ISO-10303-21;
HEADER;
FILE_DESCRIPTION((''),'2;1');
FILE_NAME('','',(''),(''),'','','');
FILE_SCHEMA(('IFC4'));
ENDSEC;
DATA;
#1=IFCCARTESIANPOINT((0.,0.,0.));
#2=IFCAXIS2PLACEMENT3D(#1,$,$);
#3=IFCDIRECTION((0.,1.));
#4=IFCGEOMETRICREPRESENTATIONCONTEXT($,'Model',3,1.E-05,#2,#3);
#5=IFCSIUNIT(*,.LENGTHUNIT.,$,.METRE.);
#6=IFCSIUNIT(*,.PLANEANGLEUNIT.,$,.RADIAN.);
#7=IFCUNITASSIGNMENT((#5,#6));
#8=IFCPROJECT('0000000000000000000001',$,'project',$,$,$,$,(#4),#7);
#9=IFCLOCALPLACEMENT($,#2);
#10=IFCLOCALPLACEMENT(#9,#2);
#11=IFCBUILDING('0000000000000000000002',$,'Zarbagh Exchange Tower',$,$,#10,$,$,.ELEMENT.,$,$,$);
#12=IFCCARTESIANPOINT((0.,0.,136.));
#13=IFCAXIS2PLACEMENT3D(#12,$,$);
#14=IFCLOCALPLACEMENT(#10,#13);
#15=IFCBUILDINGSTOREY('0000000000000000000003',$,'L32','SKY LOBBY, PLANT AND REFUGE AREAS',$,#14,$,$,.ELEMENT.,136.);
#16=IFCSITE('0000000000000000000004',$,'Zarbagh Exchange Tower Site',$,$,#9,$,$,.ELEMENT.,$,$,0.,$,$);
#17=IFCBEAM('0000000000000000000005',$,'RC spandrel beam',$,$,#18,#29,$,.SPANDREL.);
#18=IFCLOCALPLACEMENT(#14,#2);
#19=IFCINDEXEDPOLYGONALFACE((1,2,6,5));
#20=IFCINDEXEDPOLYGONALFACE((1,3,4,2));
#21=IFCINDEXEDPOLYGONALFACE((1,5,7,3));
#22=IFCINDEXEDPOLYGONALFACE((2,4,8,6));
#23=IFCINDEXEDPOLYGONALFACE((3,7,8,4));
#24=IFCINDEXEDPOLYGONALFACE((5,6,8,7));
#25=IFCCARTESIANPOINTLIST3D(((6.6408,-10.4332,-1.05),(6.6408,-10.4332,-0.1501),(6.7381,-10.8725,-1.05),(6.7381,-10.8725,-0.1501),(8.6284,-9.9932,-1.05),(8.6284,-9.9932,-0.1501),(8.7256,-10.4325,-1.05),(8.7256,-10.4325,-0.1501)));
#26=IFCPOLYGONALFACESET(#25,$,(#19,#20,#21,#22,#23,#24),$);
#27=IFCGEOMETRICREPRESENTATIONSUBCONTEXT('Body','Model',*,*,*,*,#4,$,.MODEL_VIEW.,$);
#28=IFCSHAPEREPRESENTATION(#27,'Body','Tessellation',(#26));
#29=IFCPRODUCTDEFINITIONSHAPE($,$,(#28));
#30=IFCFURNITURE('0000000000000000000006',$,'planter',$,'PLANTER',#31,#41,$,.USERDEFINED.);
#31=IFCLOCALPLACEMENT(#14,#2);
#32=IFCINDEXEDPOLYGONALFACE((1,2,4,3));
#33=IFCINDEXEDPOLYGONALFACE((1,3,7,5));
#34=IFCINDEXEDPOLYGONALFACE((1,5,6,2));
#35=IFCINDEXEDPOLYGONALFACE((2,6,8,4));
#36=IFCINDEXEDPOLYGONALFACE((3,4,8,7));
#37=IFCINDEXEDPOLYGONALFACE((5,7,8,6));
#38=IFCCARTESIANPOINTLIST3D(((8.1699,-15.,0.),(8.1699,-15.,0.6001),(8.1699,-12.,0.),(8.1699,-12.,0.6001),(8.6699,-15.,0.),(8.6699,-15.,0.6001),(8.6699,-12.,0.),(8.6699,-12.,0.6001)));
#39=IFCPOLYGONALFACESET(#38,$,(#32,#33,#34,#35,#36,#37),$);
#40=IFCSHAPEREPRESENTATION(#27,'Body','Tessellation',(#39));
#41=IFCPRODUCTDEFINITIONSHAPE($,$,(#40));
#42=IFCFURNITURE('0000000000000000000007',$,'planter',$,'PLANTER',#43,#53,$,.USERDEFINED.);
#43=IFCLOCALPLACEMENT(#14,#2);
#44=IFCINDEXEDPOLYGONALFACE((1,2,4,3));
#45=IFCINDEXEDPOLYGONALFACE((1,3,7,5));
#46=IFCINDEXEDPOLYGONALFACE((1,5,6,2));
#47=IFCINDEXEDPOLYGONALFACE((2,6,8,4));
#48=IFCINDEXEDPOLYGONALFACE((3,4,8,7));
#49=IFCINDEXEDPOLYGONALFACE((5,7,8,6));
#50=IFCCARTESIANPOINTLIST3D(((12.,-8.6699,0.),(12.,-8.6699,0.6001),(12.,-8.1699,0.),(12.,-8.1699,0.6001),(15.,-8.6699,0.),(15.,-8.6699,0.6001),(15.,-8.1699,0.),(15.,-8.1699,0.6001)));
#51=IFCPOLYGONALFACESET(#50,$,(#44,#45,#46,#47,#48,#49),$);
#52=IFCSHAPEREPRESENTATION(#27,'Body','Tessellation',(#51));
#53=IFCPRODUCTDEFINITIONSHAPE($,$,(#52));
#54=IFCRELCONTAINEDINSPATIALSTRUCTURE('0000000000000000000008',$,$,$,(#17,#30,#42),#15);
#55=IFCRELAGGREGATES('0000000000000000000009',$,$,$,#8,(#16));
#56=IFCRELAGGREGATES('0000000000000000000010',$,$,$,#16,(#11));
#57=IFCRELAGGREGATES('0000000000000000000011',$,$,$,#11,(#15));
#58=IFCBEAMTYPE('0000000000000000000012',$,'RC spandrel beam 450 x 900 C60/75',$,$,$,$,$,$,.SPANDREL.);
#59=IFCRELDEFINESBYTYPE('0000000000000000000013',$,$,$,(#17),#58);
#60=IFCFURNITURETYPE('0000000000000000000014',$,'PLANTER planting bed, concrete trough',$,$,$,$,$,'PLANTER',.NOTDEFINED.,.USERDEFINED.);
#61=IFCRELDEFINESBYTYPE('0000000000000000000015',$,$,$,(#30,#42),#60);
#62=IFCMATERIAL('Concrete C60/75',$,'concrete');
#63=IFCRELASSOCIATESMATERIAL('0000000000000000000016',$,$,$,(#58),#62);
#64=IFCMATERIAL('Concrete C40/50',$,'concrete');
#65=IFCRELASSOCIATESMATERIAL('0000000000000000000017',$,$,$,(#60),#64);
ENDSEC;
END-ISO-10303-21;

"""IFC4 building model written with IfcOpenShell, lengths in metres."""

from ifc_helpers import new_model, si_unit, direction, frame, origin, origin_2d, place, context, subcontext, project, spatial, rectangle, extrude, material, material_profile, profile_set, type_object, element, save


model = new_model("IFC4")

# Units and contexts
model_context = context("Model", 3, precision=1e-05, world=origin(), true_north=direction((0.0, 1.0)))
body_context = subcontext(model_context, "Body", "Model", "MODEL_VIEW")
ifc_project = project(units=[si_unit("LENGTHUNIT", "METRE"), si_unit("PLANEANGLEUNIT", "RADIAN")], contexts=[model_context])

# Site, building, storey
site_placement = place(None, origin())
site = spatial("IfcSite", under=ifc_project, at=site_placement, Name="Zarbagh Exchange Tower Site", CompositionType="ELEMENT", RefElevation=0.0)
building_placement = place(site_placement, origin())
building = spatial("IfcBuilding", under=site, at=building_placement, Name="Zarbagh Exchange Tower", CompositionType="ELEMENT")
storey_placement = place(building_placement, frame((0.0, 0.0, 136.0)))
storey = spatial("IfcBuildingStorey", under=building, at=storey_placement, Name="L32", Description="SKY LOBBY, PLANT AND REFUGE AREAS", CompositionType="ELEMENT", Elevation=136.0)

# Shared definitions
ifc_material_1 = material(Name="Concrete C60/75", Category="concrete")

# Beam
ifc_material_2 = material(Name="Concrete C40/50", Category="concrete")
ifc_material_profile_1 = material_profile(ifc_material_1, rectangle(XDim=0.45, YDim=0.8999, at=origin_2d()), Name="RC spandrel beam 450 x 900 C60/75")
ifc_profile_set_1 = profile_set([ifc_material_profile_1], Name="Concrete C60/75")
beam_type_1 = type_object("IfcBeamType", Name="RC spandrel beam 450 x 900 C60/75", PredefinedType="SPANDREL", material=ifc_profile_set_1)
beam_1_placement = place(storey_placement, frame((8.677, -10.2129, -0.6001), z_axis=(-0.976367, -0.216118, 0.0), x_axis=(0.216118, -0.976367, 0.0)))
element("IfcBeam", 1, at=beam_1_placement, inside=storey, type_object=beam_type_1, Name="RC spandrel beam", PredefinedType="SPANDREL", context=body_context, shape_type="SweptSolid", body=[
    extrude(rectangle(XDim=0.45, YDim=0.8999, at=origin_2d()), origin(), (0.0, 0.0, 1.0), 2.0356),
])

# Furniture
furniture_type = type_object("IfcFurnitureType", Name="PLANTER planting bed, concrete trough", ElementType="PLANTER", AssemblyPlace="NOTDEFINED", PredefinedType="USERDEFINED", material=ifc_material_2)
for number, where, z_axis, x_axis, name in (
    (2, (8.4199, -13.5, 0.0), (0.0, 0.0, 1.0), (0.0, -1.0, 0.0), "planter"),
    (3, (13.5, -8.4199, 0.0), (0.0, 0.0, 1.0), (-1.0, 0.0, 0.0), "planter"),
):
    element("IfcFurniture", number, at=place(storey_placement, frame(where, z_axis=z_axis, x_axis=x_axis)), inside=storey, type_object=furniture_type, Name=name, ObjectType="PLANTER", PredefinedType="USERDEFINED", context=body_context, shape_type="SweptSolid", body=[
        extrude(rectangle(XDim=3.0, YDim=0.5, at=origin_2d()), origin(), (0.0, 0.0, 1.0), 0.6001),
    ])

save(model, "model.ifc")
